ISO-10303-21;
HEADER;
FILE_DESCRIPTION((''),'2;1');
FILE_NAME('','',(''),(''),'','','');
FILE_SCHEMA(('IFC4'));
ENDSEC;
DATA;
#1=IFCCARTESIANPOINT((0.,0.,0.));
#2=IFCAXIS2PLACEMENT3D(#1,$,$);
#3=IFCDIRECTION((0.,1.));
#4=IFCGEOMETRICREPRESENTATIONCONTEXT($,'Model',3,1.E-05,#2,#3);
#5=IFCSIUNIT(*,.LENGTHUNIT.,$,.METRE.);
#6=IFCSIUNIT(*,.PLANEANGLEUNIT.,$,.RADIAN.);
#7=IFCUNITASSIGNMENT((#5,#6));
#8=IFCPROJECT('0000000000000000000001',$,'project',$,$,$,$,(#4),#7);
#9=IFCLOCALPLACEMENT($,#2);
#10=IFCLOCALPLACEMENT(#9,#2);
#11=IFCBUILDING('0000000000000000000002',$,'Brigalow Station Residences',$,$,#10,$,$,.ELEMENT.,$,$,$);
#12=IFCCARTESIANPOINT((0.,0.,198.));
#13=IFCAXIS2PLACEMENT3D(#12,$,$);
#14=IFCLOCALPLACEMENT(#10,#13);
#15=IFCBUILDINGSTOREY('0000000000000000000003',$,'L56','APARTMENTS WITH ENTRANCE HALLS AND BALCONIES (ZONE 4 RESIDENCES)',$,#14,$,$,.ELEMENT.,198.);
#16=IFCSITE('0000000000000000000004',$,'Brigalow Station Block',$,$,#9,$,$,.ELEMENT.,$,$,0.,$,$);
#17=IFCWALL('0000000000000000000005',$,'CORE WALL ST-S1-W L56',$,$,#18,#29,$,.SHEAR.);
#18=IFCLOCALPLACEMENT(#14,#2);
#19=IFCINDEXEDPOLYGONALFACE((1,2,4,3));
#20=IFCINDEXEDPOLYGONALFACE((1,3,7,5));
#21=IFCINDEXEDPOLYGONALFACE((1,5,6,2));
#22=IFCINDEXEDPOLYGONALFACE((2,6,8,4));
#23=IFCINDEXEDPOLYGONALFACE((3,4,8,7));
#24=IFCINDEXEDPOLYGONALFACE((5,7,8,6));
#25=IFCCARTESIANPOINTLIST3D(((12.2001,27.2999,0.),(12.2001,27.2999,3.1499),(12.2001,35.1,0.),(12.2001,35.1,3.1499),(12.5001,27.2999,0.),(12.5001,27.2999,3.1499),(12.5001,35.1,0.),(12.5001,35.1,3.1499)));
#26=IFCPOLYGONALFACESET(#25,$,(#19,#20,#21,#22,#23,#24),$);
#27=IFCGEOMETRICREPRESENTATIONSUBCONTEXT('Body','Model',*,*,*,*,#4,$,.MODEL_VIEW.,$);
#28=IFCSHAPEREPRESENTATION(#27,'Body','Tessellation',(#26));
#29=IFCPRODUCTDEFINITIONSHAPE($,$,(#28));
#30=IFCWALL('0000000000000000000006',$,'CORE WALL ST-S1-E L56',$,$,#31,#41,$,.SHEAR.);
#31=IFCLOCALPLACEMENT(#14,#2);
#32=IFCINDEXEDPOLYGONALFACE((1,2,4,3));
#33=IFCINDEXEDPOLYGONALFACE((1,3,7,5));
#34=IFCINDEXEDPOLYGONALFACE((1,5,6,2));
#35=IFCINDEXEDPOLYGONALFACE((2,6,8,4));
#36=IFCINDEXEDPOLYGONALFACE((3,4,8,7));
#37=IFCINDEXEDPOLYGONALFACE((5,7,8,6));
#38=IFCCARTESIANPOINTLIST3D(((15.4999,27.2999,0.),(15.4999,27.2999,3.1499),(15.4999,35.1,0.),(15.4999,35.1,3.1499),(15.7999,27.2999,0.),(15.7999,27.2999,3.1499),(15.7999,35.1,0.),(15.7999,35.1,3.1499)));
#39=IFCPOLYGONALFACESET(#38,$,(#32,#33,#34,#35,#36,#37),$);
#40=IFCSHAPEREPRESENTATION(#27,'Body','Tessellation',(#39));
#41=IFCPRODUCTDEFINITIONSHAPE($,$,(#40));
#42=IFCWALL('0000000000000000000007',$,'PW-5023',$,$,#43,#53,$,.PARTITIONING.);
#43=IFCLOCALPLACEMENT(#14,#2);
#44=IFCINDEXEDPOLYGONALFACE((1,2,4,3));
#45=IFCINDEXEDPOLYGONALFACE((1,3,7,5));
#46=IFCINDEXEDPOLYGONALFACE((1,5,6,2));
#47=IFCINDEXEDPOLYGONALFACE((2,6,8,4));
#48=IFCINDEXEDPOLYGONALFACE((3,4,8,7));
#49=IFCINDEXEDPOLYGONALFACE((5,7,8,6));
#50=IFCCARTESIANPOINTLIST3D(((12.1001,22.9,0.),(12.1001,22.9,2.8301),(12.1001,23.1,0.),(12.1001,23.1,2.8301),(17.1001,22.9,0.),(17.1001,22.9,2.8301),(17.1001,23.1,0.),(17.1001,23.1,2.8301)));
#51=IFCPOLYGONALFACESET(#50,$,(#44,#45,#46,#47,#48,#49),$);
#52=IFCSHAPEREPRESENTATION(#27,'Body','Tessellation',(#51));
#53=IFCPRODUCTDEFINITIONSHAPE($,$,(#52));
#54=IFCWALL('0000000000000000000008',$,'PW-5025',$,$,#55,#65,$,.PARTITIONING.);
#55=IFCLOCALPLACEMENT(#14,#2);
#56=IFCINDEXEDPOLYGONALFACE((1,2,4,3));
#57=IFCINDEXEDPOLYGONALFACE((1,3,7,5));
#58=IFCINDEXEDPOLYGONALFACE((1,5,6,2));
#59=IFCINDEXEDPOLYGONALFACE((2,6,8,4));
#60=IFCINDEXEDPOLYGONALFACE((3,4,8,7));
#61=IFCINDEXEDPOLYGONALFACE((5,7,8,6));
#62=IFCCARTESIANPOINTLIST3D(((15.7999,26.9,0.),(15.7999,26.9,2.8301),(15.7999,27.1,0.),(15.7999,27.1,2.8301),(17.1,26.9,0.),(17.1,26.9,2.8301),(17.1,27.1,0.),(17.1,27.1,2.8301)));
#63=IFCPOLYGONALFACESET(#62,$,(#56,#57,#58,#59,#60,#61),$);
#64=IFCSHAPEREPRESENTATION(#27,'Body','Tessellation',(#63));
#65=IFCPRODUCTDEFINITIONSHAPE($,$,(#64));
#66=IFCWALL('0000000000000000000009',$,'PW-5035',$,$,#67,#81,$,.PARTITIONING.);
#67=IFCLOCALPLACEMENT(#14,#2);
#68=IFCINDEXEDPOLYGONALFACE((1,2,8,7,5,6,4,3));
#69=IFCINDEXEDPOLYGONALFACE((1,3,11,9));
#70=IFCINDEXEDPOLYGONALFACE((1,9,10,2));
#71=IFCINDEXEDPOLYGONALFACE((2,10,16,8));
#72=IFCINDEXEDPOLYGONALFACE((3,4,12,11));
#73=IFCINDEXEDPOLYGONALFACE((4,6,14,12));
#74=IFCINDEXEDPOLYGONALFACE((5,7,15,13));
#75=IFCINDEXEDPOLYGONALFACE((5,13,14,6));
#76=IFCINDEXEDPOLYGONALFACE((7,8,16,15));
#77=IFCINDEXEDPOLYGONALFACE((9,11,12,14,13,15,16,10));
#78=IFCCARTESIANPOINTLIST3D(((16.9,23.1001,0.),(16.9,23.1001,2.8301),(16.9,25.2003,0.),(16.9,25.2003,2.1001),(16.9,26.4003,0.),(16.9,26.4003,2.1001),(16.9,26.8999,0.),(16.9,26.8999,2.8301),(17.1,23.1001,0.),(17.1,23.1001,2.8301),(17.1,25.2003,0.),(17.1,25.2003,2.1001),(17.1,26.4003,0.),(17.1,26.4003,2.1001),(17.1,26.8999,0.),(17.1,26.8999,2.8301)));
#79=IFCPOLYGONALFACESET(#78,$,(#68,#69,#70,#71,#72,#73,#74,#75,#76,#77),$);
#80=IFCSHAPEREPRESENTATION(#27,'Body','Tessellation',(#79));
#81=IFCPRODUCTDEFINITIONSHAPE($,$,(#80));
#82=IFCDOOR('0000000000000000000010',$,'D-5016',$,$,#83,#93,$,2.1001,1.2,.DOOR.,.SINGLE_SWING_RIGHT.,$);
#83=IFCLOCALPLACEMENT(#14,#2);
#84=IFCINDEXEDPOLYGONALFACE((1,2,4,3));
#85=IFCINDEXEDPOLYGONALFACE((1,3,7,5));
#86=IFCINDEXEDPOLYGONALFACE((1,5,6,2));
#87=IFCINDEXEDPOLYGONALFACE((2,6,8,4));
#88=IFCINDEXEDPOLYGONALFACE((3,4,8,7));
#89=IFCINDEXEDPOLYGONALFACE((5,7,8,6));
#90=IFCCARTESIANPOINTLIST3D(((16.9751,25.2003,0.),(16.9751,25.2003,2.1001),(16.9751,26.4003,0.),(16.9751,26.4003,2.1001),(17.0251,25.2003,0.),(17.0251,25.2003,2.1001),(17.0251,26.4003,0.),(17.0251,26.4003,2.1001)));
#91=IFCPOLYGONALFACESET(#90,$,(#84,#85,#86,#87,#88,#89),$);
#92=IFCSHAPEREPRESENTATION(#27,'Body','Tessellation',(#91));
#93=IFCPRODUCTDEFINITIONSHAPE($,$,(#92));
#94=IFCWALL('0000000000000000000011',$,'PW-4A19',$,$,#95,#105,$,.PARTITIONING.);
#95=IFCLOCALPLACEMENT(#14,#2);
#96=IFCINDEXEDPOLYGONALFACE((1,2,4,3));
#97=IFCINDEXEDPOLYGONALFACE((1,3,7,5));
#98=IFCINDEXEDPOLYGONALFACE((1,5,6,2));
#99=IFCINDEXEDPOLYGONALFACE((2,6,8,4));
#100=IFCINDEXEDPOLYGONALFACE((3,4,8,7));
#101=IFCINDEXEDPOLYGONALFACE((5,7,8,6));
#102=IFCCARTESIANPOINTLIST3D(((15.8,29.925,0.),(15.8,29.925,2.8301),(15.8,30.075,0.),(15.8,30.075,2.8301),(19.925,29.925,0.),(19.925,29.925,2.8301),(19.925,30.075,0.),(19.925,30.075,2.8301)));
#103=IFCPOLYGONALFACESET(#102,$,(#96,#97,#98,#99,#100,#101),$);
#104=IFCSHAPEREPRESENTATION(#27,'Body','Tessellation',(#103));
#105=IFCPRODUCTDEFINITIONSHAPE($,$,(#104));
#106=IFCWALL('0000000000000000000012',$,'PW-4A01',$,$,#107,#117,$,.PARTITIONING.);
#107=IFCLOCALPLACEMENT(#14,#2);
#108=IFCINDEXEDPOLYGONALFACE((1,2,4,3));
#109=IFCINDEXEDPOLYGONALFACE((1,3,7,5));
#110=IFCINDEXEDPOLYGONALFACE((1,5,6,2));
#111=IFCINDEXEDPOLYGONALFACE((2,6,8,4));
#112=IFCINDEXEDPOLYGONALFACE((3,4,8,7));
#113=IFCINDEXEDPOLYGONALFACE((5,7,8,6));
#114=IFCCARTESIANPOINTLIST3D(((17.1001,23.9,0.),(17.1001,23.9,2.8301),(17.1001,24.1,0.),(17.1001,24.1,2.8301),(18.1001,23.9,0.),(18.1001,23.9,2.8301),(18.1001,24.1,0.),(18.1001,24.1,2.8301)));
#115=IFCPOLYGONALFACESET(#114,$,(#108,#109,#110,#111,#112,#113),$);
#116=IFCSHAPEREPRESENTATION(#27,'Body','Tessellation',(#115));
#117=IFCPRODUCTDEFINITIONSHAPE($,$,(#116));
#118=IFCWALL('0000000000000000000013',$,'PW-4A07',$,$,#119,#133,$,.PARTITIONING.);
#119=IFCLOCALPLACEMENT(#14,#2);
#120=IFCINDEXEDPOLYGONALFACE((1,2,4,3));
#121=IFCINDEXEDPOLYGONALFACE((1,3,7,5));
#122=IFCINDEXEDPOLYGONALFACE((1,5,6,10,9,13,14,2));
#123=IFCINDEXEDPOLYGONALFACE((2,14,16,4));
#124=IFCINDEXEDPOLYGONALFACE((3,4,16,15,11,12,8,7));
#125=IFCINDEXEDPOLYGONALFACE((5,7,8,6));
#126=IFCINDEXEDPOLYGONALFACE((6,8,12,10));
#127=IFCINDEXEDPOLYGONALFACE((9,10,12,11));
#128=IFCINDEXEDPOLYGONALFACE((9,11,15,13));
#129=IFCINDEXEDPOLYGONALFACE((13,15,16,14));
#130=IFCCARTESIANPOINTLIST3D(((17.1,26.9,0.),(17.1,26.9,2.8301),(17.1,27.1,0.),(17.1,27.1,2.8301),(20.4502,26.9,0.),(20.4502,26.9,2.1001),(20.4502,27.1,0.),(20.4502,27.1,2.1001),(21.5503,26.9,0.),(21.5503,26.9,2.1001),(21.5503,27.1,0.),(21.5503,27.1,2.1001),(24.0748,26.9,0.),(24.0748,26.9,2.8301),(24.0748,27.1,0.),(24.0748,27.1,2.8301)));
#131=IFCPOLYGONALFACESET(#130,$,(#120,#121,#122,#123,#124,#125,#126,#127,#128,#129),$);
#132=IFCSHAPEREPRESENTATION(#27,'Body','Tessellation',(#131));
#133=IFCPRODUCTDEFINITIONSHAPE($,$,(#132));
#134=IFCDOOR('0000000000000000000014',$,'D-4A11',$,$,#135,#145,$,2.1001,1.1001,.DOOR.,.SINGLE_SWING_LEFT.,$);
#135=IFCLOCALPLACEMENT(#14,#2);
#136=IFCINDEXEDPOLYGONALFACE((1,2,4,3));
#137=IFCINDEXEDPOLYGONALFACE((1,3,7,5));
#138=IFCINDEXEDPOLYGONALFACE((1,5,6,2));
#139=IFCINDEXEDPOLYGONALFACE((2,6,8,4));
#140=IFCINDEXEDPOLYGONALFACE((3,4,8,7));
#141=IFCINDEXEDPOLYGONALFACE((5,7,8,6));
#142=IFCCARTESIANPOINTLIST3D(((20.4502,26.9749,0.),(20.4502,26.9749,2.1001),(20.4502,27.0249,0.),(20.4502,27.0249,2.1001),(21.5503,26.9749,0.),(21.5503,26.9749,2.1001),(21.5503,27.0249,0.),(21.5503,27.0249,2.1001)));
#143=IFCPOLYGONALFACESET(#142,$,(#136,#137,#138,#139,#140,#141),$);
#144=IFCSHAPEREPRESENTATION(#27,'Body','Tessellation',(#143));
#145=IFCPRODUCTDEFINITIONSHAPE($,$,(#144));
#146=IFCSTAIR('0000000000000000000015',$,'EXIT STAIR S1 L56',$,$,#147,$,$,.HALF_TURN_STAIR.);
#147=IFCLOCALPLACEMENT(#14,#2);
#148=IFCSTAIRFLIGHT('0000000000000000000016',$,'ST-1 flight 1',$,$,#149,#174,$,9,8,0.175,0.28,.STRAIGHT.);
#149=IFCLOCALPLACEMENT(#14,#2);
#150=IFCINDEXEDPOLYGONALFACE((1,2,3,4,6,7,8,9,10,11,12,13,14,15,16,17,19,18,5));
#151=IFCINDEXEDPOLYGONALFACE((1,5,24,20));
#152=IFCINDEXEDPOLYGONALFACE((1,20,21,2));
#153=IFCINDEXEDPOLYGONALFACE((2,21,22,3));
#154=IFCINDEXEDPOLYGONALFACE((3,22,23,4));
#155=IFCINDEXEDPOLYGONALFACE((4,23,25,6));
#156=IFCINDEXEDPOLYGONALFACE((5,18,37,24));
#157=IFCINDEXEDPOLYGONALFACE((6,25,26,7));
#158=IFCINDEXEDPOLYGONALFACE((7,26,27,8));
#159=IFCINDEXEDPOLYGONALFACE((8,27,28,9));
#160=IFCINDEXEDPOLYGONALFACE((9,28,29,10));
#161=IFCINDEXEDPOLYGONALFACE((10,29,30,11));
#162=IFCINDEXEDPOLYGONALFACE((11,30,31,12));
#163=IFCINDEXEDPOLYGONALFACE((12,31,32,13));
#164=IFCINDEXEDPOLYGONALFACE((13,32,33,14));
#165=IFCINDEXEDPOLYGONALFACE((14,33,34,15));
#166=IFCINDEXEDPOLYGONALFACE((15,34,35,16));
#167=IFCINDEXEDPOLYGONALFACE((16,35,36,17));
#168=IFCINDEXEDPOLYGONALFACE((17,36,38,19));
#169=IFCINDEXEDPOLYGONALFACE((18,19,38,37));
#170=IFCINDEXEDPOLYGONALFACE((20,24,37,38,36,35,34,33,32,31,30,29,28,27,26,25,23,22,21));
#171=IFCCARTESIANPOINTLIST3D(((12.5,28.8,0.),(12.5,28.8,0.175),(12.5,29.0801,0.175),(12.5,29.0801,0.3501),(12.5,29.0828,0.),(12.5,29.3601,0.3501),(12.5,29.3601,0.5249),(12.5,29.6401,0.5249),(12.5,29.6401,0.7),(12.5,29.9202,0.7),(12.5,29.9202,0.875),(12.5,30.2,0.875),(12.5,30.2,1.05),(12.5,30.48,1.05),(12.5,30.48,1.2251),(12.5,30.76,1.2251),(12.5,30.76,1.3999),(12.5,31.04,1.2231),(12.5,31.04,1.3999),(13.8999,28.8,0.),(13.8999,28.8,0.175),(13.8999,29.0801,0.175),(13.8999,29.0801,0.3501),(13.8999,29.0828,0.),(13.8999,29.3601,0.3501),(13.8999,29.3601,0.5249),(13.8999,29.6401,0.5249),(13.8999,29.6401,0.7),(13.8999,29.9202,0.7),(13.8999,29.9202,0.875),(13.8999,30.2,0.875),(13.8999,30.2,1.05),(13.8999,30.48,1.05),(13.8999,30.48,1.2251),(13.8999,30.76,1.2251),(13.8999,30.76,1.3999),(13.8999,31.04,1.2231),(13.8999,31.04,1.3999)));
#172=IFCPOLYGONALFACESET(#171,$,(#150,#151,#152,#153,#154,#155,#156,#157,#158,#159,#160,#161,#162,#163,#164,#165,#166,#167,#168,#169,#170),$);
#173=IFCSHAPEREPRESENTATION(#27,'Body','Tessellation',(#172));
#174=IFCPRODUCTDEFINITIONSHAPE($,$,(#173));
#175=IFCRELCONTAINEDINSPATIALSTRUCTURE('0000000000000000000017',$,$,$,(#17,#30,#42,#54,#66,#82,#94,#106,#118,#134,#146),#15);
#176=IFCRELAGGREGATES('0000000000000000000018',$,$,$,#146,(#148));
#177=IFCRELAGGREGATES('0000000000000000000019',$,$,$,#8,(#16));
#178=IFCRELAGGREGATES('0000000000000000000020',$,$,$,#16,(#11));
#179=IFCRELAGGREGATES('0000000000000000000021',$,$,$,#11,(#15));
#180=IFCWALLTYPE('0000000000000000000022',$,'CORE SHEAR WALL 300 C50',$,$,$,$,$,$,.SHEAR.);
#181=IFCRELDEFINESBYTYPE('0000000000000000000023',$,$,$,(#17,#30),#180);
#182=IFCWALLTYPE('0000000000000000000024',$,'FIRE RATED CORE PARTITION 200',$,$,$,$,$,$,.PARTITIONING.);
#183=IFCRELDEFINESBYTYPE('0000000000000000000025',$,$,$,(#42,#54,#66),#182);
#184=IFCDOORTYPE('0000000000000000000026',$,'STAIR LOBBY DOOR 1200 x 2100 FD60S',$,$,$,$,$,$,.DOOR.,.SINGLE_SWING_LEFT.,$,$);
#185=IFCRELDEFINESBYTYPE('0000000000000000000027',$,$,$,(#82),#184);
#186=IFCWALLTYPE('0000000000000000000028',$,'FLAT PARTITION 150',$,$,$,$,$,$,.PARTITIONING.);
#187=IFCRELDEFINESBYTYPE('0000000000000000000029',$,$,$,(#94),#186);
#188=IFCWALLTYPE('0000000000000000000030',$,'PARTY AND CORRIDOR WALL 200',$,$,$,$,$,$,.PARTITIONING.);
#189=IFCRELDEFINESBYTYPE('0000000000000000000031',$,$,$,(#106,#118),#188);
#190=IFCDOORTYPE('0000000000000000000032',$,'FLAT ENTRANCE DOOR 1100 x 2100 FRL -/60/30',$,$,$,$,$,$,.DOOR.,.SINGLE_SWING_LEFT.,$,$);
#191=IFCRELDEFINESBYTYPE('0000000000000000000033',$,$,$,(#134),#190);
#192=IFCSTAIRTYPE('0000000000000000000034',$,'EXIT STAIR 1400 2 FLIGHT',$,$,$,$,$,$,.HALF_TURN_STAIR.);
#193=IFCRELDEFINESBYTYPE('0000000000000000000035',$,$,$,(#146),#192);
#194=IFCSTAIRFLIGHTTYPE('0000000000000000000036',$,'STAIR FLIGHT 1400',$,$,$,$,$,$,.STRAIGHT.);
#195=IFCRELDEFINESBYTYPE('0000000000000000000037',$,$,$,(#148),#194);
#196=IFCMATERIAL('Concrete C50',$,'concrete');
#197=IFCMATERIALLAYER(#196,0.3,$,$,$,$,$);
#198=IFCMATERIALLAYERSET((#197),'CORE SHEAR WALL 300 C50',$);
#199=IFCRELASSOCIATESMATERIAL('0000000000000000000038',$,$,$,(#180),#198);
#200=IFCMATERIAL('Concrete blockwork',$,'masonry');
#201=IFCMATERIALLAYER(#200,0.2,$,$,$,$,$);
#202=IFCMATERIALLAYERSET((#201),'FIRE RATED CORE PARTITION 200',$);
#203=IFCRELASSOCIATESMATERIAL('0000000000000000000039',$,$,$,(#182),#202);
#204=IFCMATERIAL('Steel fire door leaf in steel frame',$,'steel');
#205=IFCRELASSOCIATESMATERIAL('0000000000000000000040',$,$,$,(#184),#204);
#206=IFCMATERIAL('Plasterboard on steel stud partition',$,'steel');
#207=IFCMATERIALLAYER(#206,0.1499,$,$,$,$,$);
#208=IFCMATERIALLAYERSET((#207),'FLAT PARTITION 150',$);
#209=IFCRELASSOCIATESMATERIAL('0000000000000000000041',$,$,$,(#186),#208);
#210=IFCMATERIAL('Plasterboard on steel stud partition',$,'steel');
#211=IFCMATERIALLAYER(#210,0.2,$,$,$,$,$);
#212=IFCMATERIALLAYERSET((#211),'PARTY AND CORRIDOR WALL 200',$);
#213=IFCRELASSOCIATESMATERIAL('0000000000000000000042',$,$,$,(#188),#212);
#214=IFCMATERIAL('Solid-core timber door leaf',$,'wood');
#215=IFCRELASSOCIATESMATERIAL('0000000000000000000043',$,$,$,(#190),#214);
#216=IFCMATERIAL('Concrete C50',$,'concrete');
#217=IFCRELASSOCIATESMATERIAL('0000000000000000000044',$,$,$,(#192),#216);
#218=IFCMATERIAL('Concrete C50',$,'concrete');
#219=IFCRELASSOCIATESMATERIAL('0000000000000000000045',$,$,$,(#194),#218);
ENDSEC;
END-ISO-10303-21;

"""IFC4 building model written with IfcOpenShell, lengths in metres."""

from ifc_helpers import new_model, si_unit, direction, frame, frame_2d, origin, place, context, subcontext, project, spatial, polyline, rectangle, outline, extrude, material, layer, layer_set, type_object, element, fill, aggregate, save


model = new_model("IFC4")

# Units and contexts
model_context = context("Model", 3, precision=1e-05, world=origin(), true_north=direction((0.0, 1.0)))
body_context = subcontext(model_context, "Body", "Model", "MODEL_VIEW")
ifc_project = project(units=[si_unit("LENGTHUNIT", "METRE"), si_unit("PLANEANGLEUNIT", "RADIAN")], contexts=[model_context])

# Site, building, storey
site_placement = place(None, origin())
site = spatial("IfcSite", under=ifc_project, at=site_placement, Name="Brigalow Station Block", CompositionType="ELEMENT", RefElevation=0.0)
building_placement = place(site_placement, origin())
building = spatial("IfcBuilding", under=site, at=building_placement, Name="Brigalow Station Residences", CompositionType="ELEMENT")
storey_placement = place(building_placement, frame((0.0, 0.0, 198.0)))
storey = spatial("IfcBuildingStorey", under=building, at=storey_placement, Name="L56", Description="APARTMENTS WITH ENTRANCE HALLS AND BALCONIES (ZONE 4 RESIDENCES)", CompositionType="ELEMENT", Elevation=198.0)

# Shared definitions
ifc_material_1 = material(Name="Concrete C50", Category="concrete")
ifc_layer_1 = layer(ifc_material_1, 0.3)
ifc_layer_set_1 = layer_set([ifc_layer_1], Name="CORE SHEAR WALL 300 C50")
wall_type_1 = type_object("IfcWallType", Name="CORE SHEAR WALL 300 C50", PredefinedType="SHEAR", material=ifc_layer_set_1)

# Walls
for number, where, z_axis, x_axis, name in (
    (1, (12.3501, 27.3, 0.0), (0.0, 0.0, 1.0), (0.0, 1.0, 0.0), "CORE WALL ST-S1-W L56"),
    (2, (15.6499, 27.3, 0.0), (0.0, 0.0, 1.0), (0.0, 1.0, 0.0), "CORE WALL ST-S1-E L56"),
):
    element("IfcWall", number, at=place(storey_placement, frame(where, z_axis=z_axis, x_axis=x_axis)), inside=storey, type_object=wall_type_1, Name=name, PredefinedType="SHEAR", context=body_context, shape_type="SweptSolid", body=[
        extrude(rectangle(XDim=7.8, YDim=0.3, at=frame_2d((3.8999, 0.0))), origin(), (0.0, 0.0, 1.0), 3.1499),
    ])
ifc_material_2 = material(Name="Concrete blockwork", Category="masonry")
ifc_layer_2 = layer(ifc_material_2, 0.2)
ifc_layer_set_2 = layer_set([ifc_layer_2], Name="FIRE RATED CORE PARTITION 200")
wall_type_2 = type_object("IfcWallType", Name="FIRE RATED CORE PARTITION 200", PredefinedType="PARTITIONING", material=ifc_layer_set_2)
wall_1_placement = place(storey_placement, frame((12.1001, 23.0, 0.0), z_axis=(0.0, 0.0, 1.0), x_axis=(1.0, 0.0, 0.0)))
element("IfcWall", 3, at=wall_1_placement, inside=storey, type_object=wall_type_2, Name="PW-5023", PredefinedType="PARTITIONING", context=body_context, shape_type="SweptSolid", body=[
    extrude(rectangle(XDim=5.0, YDim=0.2, at=frame_2d((2.5, 0.0))), origin(), (0.0, 0.0, 1.0), 2.8301),
])
wall_2_placement = place(storey_placement, frame((15.8, 27.0, 0.0), z_axis=(0.0, 0.0, 1.0), x_axis=(1.0, 0.0, 0.0)))
element("IfcWall", 4, at=wall_2_placement, inside=storey, type_object=wall_type_2, Name="PW-5025", PredefinedType="PARTITIONING", context=body_context, shape_type="SweptSolid", body=[
    extrude(rectangle(XDim=1.3, YDim=0.2, at=frame_2d((0.6499, 0.0))), origin(), (0.0, 0.0, 1.0), 2.8301),
])

# Wall, opening, door
wall_3_placement = place(storey_placement, frame((17.0, 23.1001, 0.0), z_axis=(0.0, 0.0, 1.0), x_axis=(0.0, 1.0, 0.0)))
wall_3 = element("IfcWall", 5, at=wall_3_placement, inside=storey, type_object=wall_type_2, Name="PW-5035", PredefinedType="PARTITIONING", context=body_context, shape_type="SweptSolid", body=[
    extrude(rectangle(XDim=3.7998, YDim=0.2, at=frame_2d((1.8999, 0.0))), origin(), (0.0, 0.0, 1.0), 2.8301),
])
opening_1_placement = place(wall_3_placement, frame((2.1001, 0.0, 0.0)))
opening_1 = element("IfcOpeningElement", 6, at=opening_1_placement, cuts=wall_3, PredefinedType="OPENING", context=body_context, shape_type="SweptSolid", body=[
    extrude(rectangle(XDim=1.2, YDim=2.1001, at=frame_2d((0.6001, 1.05))), frame((0.0, 0.1099, 0.0), z_axis=(0.0, -1.0, 0.0), x_axis=(1.0, 0.0, 0.0)), (0.0, 0.0, 1.0), 0.22),
])
ifc_material_3 = material(Name="Steel fire door leaf in steel frame", Category="steel")
door_type_1 = type_object("IfcDoorType", Name="STAIR LOBBY DOOR 1200 x 2100 FD60S", OperationType="SINGLE_SWING_LEFT", PredefinedType="DOOR", material=ifc_material_3)
door_1_placement = place(opening_1_placement, origin())
door_1 = element("IfcDoor", 7, at=door_1_placement, inside=storey, type_object=door_type_1, Name="D-5016", OperationType="SINGLE_SWING_RIGHT", OverallHeight=2.1001, OverallWidth=1.2, PredefinedType="DOOR", context=body_context, shape_type="SweptSolid", body=[
    extrude(rectangle(XDim=1.2, YDim=2.1001, at=frame_2d((0.6001, 1.05))), frame((0.0, 0.0249, 0.0), z_axis=(0.0, -1.0, 0.0), x_axis=(1.0, 0.0, 0.0)), (0.0, 0.0, 1.0), 0.05),
])
fill(opening_1, door_1)

# Walls
ifc_material_4 = material(Name="Plasterboard on steel stud partition", Category="steel")
ifc_layer_3 = layer(ifc_material_4, 0.1499)
ifc_layer_set_3 = layer_set([ifc_layer_3], Name="FLAT PARTITION 150")
wall_type_3 = type_object("IfcWallType", Name="FLAT PARTITION 150", PredefinedType="PARTITIONING", material=ifc_layer_set_3)
wall_4_placement = place(storey_placement, frame((15.8, 30.0, 0.0), z_axis=(0.0, 0.0, 1.0), x_axis=(1.0, 0.0, 0.0)))
element("IfcWall", 8, at=wall_4_placement, inside=storey, type_object=wall_type_3, Name="PW-4A19", PredefinedType="PARTITIONING", context=body_context, shape_type="SweptSolid", body=[
    extrude(rectangle(XDim=4.125, YDim=0.1499, at=frame_2d((2.0625, 0.0))), origin(), (0.0, 0.0, 1.0), 2.8301),
])
ifc_material_5 = material(Name="Plasterboard on steel stud partition", Category="steel")
ifc_layer_4 = layer(ifc_material_5, 0.2)
ifc_layer_set_4 = layer_set([ifc_layer_4], Name="PARTY AND CORRIDOR WALL 200")
wall_type_4 = type_object("IfcWallType", Name="PARTY AND CORRIDOR WALL 200", PredefinedType="PARTITIONING", material=ifc_layer_set_4)
wall_5_placement = place(storey_placement, frame((17.1001, 24.0, 0.0), z_axis=(0.0, 0.0, 1.0), x_axis=(1.0, 0.0, 0.0)))
element("IfcWall", 9, at=wall_5_placement, inside=storey, type_object=wall_type_4, Name="PW-4A01", PredefinedType="PARTITIONING", context=body_context, shape_type="SweptSolid", body=[
    extrude(rectangle(XDim=1.0, YDim=0.2, at=frame_2d((0.5, 0.0))), origin(), (0.0, 0.0, 1.0), 2.8301),
])

# Wall, opening, door
wall_6_placement = place(storey_placement, frame((17.1001, 27.0, 0.0), z_axis=(0.0, 0.0, 1.0), x_axis=(1.0, 0.0, 0.0)))
wall_6 = element("IfcWall", 10, at=wall_6_placement, inside=storey, type_object=wall_type_4, Name="PW-4A07", PredefinedType="PARTITIONING", context=body_context, shape_type="SweptSolid", body=[
    extrude(rectangle(XDim=6.9749, YDim=0.2, at=frame_2d((3.4873, 0.0))), origin(), (0.0, 0.0, 1.0), 2.8301),
])
opening_2_placement = place(wall_6_placement, frame((3.3501, 0.0, 0.0)))
opening_2 = element("IfcOpeningElement", 11, at=opening_2_placement, cuts=wall_6, PredefinedType="OPENING", context=body_context, shape_type="SweptSolid", body=[
    extrude(rectangle(XDim=1.1001, YDim=2.1001, at=frame_2d((0.55, 1.05))), frame((0.0, 0.1099, 0.0), z_axis=(0.0, -1.0, 0.0), x_axis=(1.0, 0.0, 0.0)), (0.0, 0.0, 1.0), 0.22),
])
ifc_material_6 = material(Name="Solid-core timber door leaf", Category="wood")
door_type_2 = type_object("IfcDoorType", Name="FLAT ENTRANCE DOOR 1100 x 2100 FRL -/60/30", OperationType="SINGLE_SWING_LEFT", PredefinedType="DOOR", material=ifc_material_6)
door_2_placement = place(opening_2_placement, origin())
door_2 = element("IfcDoor", 12, at=door_2_placement, inside=storey, type_object=door_type_2, Name="D-4A11", OperationType="SINGLE_SWING_LEFT", OverallHeight=2.1001, OverallWidth=1.1001, PredefinedType="DOOR", context=body_context, shape_type="SweptSolid", body=[
    extrude(rectangle(XDim=1.1001, YDim=2.1001, at=frame_2d((0.55, 1.05))), frame((0.0, 0.0249, 0.0), z_axis=(0.0, -1.0, 0.0), x_axis=(1.0, 0.0, 0.0)), (0.0, 0.0, 1.0), 0.05),
])
fill(opening_2, door_2)

# Stair, stair flight
ifc_material_7 = material(Name="Concrete C50", Category="concrete")
stair_type = type_object("IfcStairType", Name="EXIT STAIR 1400 2 FLIGHT", PredefinedType="HALF_TURN_STAIR", material=ifc_material_7)
stair_placement = place(storey_placement, origin())
stair = element("IfcStair", 13, at=stair_placement, inside=storey, type_object=stair_type, Name="EXIT STAIR S1 L56", PredefinedType="HALF_TURN_STAIR")
ifc_material_8 = material(Name="Concrete C50", Category="concrete")
stair_flight_type = type_object("IfcStairFlightType", Name="STAIR FLIGHT 1400", PredefinedType="STRAIGHT", material=ifc_material_8)
stair_flight_1_placement = place(storey_placement, frame((13.2, 28.8, 0.0), z_axis=(0.0, 0.0, 1.0), x_axis=(0.0, 1.0, 0.0)))
stair_flight_1 = element("IfcStairFlight", 14, at=stair_flight_1_placement, type_object=stair_flight_type, Name="ST-1 flight 1", NumberOfRisers=9, NumberOfTreads=8, PredefinedType="STRAIGHT", RiserHeight=0.175, TreadLength=0.28, context=body_context, shape_type="SweptSolid", body=[
    extrude(outline(polyline([(0.0, 0.0), (0.0, 0.175), (0.28, 0.175), (0.28, 0.3501), (0.5601, 0.3501), (0.5601, 0.5249), (0.8401, 0.5249), (0.8401, 0.7), (1.1201, 0.7), (1.1201, 0.875), (1.3999, 0.875), (1.3999, 1.05), (1.6799, 1.05), (1.6799, 1.2251), (1.96, 1.2251), (1.96, 1.3999), (2.24, 1.3999), (2.24, 1.575), (2.24, 1.2231), (0.2827, 0.0), (0.0, 0.0)])), frame((0.0, 0.7, 0.0), z_axis=(0.0, -1.0, 0.0), x_axis=(1.0, 0.0, 0.0)), (0.0, 0.0, 1.0), 1.3999),
])
aggregate(stair, [stair_flight_1])

save(model, "model.ifc")
